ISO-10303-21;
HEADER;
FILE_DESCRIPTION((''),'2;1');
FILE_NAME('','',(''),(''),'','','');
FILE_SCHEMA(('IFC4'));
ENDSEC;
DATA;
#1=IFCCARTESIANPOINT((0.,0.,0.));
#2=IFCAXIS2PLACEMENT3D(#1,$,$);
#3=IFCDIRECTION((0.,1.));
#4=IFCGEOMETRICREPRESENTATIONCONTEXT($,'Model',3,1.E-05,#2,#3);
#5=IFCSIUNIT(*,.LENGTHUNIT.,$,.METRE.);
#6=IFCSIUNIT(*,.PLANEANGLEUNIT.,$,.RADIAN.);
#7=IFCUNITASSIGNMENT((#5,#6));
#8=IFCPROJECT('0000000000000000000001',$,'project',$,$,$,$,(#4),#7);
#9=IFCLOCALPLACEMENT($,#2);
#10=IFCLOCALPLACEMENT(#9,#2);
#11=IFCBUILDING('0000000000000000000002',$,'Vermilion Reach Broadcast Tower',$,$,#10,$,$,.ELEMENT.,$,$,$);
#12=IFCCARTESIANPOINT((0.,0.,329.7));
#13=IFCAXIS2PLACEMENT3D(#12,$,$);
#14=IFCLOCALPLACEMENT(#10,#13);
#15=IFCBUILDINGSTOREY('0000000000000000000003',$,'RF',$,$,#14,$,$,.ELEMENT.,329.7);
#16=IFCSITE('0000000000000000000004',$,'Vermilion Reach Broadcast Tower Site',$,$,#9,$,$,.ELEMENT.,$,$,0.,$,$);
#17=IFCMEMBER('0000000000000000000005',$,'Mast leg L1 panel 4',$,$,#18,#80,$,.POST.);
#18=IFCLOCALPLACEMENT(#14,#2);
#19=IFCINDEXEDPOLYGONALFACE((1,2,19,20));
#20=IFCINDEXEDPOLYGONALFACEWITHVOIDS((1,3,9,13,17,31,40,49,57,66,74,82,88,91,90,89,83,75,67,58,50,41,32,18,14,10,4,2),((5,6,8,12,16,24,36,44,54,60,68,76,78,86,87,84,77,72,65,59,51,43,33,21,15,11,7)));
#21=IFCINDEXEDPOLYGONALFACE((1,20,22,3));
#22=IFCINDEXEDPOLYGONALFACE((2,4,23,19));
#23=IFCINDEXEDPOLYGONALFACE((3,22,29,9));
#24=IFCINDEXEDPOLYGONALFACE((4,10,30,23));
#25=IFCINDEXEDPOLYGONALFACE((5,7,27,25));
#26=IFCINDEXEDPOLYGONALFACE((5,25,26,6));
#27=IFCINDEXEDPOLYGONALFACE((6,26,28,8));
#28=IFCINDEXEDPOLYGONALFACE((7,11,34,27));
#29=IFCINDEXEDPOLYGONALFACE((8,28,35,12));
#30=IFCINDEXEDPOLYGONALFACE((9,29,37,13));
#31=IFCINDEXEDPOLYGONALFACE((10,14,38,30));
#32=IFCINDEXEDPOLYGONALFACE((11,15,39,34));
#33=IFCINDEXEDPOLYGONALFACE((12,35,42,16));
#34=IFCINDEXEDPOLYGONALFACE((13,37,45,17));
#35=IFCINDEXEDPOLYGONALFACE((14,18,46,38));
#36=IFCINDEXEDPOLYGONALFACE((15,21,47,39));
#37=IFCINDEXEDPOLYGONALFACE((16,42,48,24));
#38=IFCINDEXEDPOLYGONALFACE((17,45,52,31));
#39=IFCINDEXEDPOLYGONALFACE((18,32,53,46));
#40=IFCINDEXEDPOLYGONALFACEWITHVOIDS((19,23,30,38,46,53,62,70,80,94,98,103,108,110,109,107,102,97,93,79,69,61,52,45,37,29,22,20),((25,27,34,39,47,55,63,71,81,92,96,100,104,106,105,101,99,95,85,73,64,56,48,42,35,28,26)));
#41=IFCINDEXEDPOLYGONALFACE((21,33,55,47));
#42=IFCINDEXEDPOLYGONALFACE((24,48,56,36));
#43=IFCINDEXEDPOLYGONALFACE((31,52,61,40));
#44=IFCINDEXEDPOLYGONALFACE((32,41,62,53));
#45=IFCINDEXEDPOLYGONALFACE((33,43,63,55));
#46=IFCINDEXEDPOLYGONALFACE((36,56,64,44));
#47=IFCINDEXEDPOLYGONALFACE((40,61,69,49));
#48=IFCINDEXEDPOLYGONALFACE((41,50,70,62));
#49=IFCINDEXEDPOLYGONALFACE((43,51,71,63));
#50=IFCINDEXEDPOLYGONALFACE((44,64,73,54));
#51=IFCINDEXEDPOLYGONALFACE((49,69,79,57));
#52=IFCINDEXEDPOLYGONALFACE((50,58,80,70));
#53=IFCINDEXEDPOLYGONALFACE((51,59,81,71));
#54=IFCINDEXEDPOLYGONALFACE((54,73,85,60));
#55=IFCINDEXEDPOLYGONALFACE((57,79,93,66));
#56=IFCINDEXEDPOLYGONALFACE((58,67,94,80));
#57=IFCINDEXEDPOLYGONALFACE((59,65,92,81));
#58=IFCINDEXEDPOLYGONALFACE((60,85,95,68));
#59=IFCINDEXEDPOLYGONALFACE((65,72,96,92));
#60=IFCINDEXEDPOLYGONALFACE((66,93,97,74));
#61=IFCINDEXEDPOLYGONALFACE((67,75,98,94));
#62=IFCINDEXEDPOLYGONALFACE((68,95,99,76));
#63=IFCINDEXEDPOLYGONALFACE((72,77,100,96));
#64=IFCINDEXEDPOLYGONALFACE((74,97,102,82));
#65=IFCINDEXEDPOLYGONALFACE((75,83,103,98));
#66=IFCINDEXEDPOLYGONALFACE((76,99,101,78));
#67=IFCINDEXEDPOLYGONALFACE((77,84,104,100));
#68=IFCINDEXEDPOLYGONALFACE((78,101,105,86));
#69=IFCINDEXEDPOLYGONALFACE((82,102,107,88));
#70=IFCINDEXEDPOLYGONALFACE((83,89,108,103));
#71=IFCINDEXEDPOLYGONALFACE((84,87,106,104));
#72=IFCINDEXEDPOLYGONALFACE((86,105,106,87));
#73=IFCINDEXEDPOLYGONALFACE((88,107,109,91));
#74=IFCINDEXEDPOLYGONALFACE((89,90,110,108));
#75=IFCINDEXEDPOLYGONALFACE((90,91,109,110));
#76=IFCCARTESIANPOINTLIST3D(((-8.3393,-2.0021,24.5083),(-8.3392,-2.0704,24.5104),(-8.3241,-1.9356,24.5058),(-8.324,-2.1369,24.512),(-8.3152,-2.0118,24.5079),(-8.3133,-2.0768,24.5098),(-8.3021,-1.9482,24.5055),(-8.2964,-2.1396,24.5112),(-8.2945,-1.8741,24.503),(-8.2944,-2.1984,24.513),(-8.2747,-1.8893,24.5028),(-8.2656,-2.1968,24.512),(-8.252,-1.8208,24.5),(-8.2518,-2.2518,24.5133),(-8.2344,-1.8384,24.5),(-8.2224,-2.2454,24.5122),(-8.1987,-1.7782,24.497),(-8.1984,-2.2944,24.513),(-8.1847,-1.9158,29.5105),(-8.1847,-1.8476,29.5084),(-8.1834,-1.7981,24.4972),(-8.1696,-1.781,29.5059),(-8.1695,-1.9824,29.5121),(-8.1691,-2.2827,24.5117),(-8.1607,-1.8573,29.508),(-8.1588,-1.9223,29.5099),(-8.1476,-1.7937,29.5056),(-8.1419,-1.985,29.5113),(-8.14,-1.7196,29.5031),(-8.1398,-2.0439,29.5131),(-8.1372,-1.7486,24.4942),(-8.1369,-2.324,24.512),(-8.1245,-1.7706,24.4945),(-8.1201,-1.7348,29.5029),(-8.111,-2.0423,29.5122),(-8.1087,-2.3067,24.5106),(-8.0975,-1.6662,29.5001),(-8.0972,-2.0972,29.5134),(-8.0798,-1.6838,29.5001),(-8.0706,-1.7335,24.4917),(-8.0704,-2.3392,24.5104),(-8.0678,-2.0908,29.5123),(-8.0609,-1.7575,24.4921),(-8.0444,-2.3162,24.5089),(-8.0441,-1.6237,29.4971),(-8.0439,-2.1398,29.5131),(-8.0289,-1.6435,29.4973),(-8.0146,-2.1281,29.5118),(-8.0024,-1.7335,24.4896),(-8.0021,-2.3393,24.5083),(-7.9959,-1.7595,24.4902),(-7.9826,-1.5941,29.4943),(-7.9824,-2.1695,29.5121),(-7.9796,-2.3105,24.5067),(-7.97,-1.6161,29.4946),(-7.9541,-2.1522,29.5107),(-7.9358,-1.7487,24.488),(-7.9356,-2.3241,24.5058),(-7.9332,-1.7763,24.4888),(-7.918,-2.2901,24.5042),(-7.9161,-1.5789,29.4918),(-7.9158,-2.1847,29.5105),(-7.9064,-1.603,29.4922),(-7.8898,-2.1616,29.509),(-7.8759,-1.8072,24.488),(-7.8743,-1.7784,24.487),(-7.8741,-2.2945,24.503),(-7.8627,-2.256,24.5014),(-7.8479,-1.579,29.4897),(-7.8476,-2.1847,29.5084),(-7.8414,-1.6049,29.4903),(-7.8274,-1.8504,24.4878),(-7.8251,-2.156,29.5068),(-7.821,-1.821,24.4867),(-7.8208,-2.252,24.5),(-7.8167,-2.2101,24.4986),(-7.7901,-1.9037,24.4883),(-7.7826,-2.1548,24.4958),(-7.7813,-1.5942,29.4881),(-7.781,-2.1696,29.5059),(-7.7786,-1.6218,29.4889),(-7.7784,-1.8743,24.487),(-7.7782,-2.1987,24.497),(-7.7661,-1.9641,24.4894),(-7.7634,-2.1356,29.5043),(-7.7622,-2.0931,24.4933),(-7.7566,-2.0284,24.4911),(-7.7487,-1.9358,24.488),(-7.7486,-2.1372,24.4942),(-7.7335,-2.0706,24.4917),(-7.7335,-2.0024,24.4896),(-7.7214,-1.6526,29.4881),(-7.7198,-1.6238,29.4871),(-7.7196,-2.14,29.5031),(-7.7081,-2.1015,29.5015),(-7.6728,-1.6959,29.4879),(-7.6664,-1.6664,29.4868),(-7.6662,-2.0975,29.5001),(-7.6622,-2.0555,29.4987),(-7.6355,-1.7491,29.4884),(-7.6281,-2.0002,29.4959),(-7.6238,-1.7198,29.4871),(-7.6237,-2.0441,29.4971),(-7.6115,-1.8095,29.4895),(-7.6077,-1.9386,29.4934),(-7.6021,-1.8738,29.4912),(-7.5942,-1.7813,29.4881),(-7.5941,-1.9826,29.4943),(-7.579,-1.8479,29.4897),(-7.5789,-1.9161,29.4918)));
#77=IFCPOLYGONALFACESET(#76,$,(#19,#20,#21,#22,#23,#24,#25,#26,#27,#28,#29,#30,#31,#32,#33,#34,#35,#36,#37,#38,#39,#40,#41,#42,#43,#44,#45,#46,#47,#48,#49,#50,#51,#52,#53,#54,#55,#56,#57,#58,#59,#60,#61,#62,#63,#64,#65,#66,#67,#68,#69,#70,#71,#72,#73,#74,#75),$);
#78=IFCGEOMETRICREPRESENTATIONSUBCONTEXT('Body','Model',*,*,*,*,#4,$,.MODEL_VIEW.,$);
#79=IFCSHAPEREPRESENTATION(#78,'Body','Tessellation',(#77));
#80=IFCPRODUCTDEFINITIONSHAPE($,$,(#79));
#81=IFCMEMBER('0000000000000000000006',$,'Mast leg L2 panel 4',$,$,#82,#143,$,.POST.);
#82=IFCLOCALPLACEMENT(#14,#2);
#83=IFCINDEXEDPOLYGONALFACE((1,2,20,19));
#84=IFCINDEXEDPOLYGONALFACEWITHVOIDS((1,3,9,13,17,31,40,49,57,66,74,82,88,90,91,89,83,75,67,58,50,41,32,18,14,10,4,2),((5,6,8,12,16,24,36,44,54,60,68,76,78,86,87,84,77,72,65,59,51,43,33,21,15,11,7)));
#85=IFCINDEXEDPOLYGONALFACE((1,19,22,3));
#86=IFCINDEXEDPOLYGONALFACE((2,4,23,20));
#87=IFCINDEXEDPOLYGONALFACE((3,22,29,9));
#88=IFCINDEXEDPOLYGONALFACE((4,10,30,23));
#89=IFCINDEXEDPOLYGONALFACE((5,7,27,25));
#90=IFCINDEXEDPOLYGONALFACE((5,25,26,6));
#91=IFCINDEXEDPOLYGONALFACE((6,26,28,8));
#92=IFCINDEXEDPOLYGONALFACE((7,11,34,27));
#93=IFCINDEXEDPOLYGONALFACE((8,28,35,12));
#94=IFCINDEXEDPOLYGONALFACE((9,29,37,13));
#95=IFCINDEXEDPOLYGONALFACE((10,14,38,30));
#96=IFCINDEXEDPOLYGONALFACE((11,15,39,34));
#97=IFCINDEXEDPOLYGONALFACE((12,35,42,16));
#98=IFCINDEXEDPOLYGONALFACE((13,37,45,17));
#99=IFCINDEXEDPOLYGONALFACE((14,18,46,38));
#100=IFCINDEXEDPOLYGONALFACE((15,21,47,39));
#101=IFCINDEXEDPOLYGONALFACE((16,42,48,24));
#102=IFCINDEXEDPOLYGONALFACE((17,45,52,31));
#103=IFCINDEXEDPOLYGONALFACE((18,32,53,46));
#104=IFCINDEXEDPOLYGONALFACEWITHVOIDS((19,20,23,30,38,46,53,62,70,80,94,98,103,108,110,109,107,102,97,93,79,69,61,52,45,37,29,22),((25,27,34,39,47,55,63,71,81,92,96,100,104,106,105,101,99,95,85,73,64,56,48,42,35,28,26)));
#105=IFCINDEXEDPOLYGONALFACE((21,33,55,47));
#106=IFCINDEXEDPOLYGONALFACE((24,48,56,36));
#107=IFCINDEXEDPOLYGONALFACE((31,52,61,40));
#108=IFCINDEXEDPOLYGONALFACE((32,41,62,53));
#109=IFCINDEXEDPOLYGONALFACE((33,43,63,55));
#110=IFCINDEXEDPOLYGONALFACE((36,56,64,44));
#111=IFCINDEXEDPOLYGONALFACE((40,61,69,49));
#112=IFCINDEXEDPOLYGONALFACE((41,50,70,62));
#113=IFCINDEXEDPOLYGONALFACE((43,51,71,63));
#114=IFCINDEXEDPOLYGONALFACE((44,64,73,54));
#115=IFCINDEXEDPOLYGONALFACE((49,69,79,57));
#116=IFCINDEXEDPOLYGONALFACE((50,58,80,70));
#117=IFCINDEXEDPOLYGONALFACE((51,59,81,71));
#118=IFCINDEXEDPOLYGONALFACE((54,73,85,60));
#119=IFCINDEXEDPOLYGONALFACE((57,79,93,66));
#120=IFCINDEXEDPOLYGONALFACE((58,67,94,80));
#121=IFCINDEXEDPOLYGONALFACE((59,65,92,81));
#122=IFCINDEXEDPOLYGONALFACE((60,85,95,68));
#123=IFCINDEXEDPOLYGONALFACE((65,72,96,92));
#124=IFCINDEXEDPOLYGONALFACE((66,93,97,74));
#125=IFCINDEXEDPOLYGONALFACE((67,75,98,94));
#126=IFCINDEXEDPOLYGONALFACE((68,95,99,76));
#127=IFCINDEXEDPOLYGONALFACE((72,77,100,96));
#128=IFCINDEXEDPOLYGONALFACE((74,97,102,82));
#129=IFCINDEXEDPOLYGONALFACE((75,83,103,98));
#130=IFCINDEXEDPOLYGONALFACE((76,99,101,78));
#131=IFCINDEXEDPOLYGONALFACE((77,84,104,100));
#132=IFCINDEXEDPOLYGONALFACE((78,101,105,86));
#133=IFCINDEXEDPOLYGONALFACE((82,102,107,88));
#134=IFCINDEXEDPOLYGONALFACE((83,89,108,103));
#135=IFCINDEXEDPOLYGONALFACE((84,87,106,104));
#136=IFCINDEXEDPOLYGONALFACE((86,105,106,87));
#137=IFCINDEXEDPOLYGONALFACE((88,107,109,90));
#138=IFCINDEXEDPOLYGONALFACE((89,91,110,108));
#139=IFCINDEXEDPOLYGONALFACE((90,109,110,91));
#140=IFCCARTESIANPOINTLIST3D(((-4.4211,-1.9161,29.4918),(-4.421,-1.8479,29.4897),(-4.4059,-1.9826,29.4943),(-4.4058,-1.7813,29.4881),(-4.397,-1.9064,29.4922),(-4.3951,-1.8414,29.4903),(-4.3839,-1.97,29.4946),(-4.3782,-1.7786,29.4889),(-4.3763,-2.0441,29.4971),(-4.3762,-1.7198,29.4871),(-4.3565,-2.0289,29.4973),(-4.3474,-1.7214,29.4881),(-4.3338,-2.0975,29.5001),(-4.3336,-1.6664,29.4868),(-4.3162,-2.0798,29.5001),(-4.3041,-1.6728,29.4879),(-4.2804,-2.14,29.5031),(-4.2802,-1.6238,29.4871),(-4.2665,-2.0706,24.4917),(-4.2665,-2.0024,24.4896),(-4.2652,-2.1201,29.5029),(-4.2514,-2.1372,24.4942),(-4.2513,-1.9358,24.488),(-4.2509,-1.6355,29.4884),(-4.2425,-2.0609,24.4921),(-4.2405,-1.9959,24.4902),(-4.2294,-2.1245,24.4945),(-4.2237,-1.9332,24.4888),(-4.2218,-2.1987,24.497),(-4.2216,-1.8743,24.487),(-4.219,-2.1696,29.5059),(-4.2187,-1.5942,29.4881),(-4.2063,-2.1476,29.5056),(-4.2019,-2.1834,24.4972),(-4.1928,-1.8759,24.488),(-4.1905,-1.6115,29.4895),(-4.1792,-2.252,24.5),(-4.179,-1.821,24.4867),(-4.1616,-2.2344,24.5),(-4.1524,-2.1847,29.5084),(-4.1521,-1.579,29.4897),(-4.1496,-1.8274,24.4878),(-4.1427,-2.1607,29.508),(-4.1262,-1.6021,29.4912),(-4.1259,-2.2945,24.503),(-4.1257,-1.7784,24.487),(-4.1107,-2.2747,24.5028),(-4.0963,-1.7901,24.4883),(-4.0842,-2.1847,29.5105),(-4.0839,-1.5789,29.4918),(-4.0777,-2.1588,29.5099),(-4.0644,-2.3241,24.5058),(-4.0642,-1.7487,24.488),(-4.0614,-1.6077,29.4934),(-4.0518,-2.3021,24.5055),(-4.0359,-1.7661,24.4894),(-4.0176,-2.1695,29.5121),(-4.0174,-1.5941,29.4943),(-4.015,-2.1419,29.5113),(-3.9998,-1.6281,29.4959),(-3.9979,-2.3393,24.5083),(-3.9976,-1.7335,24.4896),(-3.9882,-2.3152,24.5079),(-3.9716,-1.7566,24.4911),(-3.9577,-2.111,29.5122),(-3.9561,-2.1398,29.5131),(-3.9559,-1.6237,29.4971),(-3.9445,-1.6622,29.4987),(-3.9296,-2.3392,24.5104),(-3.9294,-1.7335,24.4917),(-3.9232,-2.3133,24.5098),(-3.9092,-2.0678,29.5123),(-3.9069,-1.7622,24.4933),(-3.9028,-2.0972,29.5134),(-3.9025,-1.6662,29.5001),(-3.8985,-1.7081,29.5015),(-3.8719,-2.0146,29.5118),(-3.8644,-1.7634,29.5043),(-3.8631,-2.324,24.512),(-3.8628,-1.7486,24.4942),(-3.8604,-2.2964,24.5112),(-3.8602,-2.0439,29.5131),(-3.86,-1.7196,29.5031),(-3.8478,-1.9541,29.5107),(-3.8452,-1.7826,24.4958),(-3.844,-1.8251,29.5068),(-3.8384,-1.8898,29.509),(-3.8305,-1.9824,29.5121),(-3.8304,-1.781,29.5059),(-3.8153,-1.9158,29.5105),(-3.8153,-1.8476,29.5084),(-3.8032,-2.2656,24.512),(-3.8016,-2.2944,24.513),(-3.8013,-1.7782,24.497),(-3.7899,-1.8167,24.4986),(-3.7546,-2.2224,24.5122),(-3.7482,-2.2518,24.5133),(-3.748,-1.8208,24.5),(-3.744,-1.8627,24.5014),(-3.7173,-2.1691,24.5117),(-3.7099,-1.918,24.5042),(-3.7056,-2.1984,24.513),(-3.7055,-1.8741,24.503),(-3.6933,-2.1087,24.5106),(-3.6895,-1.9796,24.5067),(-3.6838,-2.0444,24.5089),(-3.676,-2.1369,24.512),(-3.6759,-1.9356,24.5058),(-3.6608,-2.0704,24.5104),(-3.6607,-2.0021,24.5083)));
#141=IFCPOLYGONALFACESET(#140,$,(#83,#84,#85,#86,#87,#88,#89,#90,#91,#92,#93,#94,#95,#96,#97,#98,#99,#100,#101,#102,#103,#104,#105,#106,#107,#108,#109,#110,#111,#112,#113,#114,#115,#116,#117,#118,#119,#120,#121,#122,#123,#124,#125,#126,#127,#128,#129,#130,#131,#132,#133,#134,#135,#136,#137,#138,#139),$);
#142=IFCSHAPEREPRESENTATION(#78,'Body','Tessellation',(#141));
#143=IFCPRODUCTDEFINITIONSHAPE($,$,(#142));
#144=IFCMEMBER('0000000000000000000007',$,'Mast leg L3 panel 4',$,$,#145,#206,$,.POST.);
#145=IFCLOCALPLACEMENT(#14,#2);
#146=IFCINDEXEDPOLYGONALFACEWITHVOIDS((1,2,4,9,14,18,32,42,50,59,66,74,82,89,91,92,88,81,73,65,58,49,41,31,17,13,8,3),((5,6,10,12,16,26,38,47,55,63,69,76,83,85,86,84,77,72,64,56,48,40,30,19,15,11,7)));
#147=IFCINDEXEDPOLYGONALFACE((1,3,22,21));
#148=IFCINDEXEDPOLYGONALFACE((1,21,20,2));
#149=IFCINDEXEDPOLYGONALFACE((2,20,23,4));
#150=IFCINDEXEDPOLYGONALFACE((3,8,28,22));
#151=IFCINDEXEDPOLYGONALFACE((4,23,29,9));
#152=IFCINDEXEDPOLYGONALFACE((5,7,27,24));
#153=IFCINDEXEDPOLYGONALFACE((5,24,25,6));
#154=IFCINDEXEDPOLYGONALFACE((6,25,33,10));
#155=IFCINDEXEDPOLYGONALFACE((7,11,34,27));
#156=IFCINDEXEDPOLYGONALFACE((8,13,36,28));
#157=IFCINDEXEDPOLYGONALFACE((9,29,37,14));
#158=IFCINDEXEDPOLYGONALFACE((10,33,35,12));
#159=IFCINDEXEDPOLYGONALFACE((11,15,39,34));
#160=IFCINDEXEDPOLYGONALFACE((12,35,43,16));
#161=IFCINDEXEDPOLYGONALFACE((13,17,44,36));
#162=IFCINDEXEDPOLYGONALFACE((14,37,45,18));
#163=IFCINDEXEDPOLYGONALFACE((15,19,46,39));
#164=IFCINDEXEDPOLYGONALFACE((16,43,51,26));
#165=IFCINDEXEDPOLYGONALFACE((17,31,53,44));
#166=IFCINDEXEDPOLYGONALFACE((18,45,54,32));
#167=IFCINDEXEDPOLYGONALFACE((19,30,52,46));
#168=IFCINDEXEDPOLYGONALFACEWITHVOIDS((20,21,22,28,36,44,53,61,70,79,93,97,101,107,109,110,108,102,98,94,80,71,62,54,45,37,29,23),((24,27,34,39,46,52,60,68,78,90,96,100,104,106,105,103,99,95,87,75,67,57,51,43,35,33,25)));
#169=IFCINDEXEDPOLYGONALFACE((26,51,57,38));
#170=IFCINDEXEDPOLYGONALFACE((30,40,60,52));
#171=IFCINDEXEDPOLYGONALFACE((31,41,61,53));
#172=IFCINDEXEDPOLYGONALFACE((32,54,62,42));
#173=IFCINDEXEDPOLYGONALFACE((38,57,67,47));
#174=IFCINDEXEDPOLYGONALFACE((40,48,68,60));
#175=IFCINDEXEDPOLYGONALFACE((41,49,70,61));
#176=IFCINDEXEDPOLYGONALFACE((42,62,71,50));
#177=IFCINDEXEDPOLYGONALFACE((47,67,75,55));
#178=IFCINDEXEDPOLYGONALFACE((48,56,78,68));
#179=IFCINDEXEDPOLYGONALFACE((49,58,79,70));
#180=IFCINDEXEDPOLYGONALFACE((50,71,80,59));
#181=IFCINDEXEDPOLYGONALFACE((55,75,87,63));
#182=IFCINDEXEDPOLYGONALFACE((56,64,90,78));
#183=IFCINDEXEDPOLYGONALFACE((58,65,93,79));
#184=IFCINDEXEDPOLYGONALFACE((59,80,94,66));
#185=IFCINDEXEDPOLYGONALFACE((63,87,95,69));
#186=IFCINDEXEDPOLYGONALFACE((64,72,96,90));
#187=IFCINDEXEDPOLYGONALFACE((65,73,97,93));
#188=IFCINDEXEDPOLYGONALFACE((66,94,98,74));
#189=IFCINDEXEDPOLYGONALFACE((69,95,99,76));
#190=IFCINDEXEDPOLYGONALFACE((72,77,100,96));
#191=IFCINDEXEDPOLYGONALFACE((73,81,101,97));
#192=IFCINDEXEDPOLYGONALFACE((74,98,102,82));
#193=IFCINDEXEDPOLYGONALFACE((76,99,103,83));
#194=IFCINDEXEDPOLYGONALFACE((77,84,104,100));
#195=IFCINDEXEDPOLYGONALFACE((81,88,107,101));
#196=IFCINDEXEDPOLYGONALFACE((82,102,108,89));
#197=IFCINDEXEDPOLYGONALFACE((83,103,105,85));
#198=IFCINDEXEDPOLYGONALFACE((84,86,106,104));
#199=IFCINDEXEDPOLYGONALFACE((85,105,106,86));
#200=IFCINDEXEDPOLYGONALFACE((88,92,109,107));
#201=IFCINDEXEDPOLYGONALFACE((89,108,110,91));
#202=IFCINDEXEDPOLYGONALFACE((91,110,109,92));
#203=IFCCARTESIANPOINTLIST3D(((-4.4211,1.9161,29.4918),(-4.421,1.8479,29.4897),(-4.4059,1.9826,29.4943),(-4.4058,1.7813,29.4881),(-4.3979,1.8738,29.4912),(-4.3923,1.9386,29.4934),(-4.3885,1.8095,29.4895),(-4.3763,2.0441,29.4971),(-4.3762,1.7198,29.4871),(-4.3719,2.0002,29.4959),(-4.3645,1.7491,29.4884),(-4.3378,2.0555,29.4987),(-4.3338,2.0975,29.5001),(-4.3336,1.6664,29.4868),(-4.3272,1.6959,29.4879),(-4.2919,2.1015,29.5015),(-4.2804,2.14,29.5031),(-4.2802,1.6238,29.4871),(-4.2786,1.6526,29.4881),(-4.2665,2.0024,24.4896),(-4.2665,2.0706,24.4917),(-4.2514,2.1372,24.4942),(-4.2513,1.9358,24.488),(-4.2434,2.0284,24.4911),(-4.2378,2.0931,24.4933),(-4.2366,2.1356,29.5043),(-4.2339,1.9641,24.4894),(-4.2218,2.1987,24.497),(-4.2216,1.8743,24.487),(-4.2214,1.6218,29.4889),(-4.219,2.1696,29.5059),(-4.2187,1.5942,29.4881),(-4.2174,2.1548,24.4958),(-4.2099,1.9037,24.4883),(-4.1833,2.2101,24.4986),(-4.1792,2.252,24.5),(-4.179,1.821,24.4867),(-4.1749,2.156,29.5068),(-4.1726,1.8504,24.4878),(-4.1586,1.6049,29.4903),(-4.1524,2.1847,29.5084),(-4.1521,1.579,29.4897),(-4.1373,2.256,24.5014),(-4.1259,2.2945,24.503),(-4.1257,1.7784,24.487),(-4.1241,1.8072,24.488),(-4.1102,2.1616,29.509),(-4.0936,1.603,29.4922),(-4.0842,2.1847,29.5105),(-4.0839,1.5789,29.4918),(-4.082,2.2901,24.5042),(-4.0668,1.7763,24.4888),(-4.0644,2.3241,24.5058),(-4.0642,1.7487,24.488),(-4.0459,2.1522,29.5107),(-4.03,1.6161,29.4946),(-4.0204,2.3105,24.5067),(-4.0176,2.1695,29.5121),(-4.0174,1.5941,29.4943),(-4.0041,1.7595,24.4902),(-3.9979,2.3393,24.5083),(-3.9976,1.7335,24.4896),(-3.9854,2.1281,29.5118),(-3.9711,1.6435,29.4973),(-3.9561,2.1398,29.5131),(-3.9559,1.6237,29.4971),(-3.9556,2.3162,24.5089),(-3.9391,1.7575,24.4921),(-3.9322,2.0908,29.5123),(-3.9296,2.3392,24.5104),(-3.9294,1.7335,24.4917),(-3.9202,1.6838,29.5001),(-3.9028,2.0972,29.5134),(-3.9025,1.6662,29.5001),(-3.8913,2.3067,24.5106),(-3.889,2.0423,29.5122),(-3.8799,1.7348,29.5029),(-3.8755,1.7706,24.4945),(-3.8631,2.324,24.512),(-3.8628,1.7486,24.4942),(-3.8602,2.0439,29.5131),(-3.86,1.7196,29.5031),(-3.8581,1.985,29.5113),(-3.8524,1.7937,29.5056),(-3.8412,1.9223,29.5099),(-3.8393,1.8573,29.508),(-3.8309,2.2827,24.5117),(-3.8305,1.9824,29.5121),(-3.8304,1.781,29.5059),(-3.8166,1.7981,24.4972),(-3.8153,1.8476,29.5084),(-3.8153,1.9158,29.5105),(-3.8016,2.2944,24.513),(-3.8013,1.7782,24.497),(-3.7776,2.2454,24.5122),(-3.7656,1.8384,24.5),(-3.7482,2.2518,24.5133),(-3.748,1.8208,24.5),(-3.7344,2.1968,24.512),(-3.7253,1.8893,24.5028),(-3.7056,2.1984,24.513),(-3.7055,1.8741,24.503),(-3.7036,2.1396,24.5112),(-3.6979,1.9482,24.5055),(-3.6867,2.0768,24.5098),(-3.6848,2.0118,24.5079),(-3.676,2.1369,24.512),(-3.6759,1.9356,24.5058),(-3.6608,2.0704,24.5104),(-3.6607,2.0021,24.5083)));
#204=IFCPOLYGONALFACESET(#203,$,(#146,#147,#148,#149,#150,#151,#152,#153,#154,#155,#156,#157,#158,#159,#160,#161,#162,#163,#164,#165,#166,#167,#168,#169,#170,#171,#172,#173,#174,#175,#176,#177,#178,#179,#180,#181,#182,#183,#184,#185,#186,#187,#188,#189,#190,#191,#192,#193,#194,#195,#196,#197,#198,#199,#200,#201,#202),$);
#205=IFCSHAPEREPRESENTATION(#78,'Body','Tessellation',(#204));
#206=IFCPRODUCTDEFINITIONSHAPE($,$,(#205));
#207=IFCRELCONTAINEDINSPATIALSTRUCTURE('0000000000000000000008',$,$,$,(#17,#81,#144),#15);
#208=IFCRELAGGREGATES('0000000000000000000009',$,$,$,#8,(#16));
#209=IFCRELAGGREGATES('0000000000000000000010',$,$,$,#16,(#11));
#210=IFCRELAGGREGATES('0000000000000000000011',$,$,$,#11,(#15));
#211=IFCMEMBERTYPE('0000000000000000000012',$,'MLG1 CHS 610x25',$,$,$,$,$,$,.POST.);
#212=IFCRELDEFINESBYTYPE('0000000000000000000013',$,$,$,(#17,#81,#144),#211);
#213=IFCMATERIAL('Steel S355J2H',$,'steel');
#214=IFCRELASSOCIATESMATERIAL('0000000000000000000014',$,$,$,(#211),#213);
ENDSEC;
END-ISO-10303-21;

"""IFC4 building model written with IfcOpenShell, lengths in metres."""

from ifc_helpers import new_model, si_unit, direction, frame, origin, origin_2d, place, context, subcontext, project, spatial, hollow_circle, extrude, material, material_profile, profile_set, type_object, element, save


model = new_model("IFC4")

# Units and contexts
model_context = context("Model", 3, precision=1e-05, world=origin(), true_north=direction((0.0, 1.0)))
body_context = subcontext(model_context, "Body", "Model", "MODEL_VIEW")
ifc_project = project(units=[si_unit("LENGTHUNIT", "METRE"), si_unit("PLANEANGLEUNIT", "RADIAN")], contexts=[model_context])

# Site, building, storey
site_placement = place(None, origin())
site = spatial("IfcSite", under=ifc_project, at=site_placement, Name="Vermilion Reach Broadcast Tower Site", CompositionType="ELEMENT", RefElevation=0.0)
building_placement = place(site_placement, origin())
building = spatial("IfcBuilding", under=site, at=building_placement, Name="Vermilion Reach Broadcast Tower", CompositionType="ELEMENT")
storey_placement = place(building_placement, frame((0.0, 0.0, 329.7)))
storey = spatial("IfcBuildingStorey", under=building, at=storey_placement, Name="RF", CompositionType="ELEMENT", Elevation=329.7)

# Members
ifc_material_1 = material(Name="Steel S355J2H", Category="steel")
ifc_material_profile_1 = material_profile(ifc_material_1, hollow_circle(Radius=0.3049, WallThickness=0.0249, at=origin_2d()), Name="S355J2H CHS 610x25")
ifc_profile_set_1 = profile_set([ifc_material_profile_1], Name="Steel S355J2H")
member_type_1 = type_object("IfcMemberType", Name="MLG1 CHS 610x25", PredefinedType="POST", material=ifc_profile_set_1)
for number, where, z_axis, x_axis, name in (
    (1, (-8.0364, -2.0364, 24.5), (0.030879, 0.030879, 0.999046), (-0.707107, 0.707107, 0.0), "Mast leg L1 panel 4"),
    (2, (-3.9636, -2.0364, 24.5), (-0.030879, 0.030879, 0.999046), (-0.707107, -0.707107, 0.0), "Mast leg L2 panel 4"),
    (3, (-3.9636, 2.0364, 24.5), (-0.030879, -0.030879, 0.999046), (0.707107, -0.707107, 0.0), "Mast leg L3 panel 4"),
):
    element("IfcMember", number, at=place(storey_placement, frame(where, z_axis=z_axis, x_axis=x_axis)), inside=storey, type_object=member_type_1, Name=name, PredefinedType="POST", context=body_context, shape_type="SweptSolid", body=[
        extrude(hollow_circle(Radius=0.3049, WallThickness=0.0249, at=origin_2d()), origin(), (0.0, 0.0, 1.0), 5.0049),
    ])

save(model, "model.ifc")
